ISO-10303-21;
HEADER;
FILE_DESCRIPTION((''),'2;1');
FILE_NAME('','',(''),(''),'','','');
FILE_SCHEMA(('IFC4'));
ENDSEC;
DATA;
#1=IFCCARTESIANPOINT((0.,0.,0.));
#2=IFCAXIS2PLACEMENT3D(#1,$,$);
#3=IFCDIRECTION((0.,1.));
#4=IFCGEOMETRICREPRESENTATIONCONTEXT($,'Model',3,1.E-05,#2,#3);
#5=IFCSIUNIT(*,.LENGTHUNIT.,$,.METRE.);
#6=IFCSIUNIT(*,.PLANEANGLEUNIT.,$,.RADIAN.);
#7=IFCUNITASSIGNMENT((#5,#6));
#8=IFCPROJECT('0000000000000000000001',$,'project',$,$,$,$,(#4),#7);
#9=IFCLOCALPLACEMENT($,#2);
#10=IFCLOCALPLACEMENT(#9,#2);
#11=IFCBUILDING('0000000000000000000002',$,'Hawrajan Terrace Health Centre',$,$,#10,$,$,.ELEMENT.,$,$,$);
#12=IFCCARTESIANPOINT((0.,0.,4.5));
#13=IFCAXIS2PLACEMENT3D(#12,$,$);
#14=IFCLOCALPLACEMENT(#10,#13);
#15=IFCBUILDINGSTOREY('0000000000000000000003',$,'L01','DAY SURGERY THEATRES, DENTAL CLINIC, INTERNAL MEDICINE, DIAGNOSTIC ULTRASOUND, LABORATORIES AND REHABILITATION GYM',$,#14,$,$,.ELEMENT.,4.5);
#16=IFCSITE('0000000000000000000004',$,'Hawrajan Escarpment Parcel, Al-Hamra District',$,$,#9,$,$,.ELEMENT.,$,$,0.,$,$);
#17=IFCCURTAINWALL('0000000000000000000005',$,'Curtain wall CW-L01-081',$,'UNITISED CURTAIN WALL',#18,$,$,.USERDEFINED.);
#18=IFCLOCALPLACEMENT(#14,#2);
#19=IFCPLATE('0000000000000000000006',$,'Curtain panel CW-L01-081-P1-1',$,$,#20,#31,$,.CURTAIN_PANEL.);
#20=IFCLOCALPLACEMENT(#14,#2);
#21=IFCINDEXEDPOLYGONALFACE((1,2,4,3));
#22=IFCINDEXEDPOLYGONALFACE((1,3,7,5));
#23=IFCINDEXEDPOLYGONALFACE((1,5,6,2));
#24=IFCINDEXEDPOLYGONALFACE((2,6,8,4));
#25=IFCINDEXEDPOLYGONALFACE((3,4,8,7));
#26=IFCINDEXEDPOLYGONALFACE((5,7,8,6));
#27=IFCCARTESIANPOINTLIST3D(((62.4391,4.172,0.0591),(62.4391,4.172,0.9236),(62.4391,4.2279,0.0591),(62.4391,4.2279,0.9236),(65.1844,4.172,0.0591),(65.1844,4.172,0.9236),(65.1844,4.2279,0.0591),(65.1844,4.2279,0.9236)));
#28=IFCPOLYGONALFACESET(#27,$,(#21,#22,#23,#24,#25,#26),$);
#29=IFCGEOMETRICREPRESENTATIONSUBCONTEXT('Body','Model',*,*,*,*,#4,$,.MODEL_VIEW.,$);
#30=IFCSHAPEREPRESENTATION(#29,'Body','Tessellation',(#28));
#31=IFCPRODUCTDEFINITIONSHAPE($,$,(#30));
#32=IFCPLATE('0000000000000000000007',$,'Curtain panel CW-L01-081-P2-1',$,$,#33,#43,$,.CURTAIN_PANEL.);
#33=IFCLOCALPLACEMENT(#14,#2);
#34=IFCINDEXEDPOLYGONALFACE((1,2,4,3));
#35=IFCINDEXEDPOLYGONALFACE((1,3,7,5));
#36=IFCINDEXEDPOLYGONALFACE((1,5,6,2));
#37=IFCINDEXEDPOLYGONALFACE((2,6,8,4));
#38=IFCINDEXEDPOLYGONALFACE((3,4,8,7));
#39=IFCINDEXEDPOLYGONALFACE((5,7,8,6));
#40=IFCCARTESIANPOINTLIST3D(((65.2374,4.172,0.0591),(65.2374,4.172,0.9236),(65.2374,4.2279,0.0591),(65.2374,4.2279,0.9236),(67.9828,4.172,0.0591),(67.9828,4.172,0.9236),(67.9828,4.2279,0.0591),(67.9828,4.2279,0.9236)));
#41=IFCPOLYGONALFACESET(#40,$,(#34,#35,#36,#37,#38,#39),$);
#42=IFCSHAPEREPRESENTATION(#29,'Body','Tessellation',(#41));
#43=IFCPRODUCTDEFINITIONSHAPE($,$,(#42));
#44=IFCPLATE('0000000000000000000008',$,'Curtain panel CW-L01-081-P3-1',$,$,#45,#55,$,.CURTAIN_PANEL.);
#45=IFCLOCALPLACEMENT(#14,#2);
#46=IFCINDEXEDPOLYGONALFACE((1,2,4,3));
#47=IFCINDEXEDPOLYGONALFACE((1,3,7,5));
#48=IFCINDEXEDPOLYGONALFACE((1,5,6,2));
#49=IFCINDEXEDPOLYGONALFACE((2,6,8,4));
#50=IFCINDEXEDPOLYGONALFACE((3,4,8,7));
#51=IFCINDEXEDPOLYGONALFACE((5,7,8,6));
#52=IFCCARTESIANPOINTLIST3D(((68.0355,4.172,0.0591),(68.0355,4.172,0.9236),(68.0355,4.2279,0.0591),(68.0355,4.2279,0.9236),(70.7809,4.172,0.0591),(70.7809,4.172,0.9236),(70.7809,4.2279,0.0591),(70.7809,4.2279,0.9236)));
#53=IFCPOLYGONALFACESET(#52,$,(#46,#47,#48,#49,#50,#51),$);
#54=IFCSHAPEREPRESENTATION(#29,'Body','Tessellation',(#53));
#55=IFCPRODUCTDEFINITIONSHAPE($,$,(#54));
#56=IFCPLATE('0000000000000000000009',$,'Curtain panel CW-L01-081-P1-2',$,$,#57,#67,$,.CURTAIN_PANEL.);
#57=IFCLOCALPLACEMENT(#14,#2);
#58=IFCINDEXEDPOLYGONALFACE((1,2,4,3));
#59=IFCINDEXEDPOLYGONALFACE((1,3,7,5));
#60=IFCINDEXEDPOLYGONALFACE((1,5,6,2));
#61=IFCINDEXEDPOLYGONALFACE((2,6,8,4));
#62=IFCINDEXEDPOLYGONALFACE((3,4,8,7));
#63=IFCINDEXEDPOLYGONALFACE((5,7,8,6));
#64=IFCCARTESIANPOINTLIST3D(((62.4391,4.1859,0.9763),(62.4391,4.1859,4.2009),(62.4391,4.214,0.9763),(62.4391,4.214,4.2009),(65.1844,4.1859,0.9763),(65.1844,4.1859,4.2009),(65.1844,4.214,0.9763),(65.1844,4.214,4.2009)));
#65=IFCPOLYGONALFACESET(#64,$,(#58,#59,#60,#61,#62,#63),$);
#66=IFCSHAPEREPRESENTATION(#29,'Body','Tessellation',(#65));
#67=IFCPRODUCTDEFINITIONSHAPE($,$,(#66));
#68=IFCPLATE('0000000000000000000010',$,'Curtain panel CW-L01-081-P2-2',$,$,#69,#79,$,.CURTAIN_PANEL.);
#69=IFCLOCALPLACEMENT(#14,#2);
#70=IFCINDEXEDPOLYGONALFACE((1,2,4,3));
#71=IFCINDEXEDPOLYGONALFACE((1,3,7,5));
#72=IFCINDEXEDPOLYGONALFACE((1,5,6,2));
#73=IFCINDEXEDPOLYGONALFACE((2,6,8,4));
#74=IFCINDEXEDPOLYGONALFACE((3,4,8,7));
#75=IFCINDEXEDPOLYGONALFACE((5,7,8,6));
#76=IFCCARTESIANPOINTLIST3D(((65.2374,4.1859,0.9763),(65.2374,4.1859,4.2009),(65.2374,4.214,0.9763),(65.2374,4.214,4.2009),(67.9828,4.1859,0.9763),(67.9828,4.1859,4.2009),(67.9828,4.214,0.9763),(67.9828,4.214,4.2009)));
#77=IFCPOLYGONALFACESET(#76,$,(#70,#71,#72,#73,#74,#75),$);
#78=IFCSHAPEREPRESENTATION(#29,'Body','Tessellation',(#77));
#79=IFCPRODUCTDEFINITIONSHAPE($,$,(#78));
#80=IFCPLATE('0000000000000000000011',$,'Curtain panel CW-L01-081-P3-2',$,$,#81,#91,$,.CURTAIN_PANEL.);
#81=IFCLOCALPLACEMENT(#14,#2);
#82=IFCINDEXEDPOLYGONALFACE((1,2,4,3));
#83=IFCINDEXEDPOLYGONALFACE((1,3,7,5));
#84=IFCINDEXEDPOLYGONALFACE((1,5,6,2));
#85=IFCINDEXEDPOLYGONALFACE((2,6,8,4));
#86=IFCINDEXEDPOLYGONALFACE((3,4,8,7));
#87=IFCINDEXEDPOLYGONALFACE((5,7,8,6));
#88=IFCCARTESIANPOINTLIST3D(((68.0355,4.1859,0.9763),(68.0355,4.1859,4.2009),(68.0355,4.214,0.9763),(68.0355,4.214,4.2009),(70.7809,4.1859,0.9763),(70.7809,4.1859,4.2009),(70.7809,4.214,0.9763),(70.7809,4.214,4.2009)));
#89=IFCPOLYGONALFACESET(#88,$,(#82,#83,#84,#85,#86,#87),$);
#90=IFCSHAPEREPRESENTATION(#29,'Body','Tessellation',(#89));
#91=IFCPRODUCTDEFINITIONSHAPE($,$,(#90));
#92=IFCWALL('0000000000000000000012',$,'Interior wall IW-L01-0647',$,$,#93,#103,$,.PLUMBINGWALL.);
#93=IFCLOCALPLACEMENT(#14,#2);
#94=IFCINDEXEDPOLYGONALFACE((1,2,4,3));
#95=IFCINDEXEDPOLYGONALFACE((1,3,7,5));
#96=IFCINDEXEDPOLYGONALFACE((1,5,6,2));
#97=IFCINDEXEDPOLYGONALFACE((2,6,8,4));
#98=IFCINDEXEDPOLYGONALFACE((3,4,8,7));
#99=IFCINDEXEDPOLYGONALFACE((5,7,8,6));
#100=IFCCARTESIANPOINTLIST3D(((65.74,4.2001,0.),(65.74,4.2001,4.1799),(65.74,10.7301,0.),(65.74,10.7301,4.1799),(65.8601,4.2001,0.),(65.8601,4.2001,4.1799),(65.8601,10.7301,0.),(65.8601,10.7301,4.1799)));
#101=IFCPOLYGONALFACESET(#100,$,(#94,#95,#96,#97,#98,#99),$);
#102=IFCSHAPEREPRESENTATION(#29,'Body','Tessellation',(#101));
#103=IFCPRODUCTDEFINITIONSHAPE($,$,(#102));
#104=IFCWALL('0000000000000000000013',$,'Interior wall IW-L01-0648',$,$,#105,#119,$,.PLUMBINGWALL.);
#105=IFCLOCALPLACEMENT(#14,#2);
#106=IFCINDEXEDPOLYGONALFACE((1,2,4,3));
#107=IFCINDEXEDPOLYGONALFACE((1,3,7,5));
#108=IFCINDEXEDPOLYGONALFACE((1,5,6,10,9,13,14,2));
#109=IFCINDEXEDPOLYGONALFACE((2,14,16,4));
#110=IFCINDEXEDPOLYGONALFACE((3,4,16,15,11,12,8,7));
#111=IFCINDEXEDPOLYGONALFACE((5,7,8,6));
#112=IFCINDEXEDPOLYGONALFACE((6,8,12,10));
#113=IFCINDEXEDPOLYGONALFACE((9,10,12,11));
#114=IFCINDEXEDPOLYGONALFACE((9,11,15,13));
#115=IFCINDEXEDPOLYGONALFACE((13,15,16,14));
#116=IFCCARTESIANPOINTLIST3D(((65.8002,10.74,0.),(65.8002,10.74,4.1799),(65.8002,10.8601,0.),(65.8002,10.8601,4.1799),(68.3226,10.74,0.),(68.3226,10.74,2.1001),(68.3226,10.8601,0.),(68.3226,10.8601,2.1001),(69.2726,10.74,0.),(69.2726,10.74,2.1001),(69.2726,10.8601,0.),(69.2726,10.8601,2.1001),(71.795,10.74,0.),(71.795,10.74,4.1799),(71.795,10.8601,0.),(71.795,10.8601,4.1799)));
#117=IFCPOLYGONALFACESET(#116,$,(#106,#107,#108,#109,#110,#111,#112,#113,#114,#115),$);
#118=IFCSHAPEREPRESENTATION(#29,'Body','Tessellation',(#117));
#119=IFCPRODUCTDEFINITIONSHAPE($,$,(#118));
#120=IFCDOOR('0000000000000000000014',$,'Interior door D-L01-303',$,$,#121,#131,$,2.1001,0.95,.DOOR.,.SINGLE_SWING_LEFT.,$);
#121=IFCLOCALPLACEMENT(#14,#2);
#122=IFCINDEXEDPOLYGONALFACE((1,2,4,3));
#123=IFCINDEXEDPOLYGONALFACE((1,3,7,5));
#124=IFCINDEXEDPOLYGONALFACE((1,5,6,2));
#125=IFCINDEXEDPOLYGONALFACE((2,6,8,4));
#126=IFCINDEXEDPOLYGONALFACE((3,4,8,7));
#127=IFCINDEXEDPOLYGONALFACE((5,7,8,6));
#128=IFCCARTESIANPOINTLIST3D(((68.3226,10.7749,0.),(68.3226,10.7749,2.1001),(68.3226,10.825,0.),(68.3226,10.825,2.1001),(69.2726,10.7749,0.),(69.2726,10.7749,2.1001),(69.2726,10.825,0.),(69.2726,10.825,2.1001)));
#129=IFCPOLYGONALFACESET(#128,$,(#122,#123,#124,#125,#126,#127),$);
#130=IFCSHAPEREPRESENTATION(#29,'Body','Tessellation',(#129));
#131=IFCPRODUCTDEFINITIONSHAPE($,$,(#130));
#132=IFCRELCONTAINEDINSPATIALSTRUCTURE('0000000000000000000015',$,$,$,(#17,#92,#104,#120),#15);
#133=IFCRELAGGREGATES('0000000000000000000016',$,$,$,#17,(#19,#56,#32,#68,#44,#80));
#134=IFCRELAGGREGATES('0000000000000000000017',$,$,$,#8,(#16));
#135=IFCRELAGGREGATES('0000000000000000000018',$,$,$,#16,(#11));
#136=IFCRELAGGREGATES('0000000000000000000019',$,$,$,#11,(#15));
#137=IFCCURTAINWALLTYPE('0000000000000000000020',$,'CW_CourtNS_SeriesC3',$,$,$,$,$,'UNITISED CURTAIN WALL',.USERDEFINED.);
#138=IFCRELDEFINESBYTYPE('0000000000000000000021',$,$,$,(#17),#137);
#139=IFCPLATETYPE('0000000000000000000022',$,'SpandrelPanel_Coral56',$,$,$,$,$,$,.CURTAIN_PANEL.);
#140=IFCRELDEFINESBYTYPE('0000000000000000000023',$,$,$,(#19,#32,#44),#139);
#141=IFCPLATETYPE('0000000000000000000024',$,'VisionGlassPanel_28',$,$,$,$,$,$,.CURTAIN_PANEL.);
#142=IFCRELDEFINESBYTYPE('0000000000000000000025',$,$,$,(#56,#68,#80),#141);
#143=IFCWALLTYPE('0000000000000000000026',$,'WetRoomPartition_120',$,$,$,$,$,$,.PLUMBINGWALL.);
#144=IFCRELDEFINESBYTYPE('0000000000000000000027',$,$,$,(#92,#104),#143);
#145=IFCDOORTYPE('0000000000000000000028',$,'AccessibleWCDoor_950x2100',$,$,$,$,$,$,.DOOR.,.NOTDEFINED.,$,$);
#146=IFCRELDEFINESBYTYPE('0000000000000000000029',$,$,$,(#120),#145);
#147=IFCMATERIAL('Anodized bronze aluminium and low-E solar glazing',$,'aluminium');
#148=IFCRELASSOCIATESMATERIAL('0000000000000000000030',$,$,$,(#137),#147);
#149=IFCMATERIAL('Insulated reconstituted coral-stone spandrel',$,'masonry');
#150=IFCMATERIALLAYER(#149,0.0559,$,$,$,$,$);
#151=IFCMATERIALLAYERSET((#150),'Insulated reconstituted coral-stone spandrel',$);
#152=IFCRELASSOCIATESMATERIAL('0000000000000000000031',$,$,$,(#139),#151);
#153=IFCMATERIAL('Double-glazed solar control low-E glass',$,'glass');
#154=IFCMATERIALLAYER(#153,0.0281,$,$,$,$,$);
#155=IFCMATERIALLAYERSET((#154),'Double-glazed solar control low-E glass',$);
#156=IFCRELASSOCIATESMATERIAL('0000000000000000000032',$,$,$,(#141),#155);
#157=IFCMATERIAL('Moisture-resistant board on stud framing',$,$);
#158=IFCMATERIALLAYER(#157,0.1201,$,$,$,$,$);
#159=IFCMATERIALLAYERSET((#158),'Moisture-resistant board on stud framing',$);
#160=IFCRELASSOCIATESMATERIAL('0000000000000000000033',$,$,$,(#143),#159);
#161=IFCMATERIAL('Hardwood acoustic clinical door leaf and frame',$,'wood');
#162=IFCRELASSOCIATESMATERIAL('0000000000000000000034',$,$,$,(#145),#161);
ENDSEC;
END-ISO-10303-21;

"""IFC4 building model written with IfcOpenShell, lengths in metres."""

from ifc_helpers import new_model, si_unit, direction, frame, frame_2d, origin, origin_2d, place, context, subcontext, project, spatial, rectangle, extrude, material, layer, layer_set, type_object, element, fill, aggregate, save


model = new_model("IFC4")

# Units and contexts
model_context = context("Model", 3, precision=1e-05, world=origin(), true_north=direction((0.0, 1.0)))
body_context = subcontext(model_context, "Body", "Model", "MODEL_VIEW")
ifc_project = project(units=[si_unit("LENGTHUNIT", "METRE"), si_unit("PLANEANGLEUNIT", "RADIAN")], contexts=[model_context])

# Site, building, storey
site_placement = place(None, origin())
site = spatial("IfcSite", under=ifc_project, at=site_placement, Name="Hawrajan Escarpment Parcel, Al-Hamra District", CompositionType="ELEMENT", RefElevation=0.0)
building_placement = place(site_placement, origin())
building = spatial("IfcBuilding", under=site, at=building_placement, Name="Hawrajan Terrace Health Centre", CompositionType="ELEMENT")
storey_placement = place(building_placement, frame((0.0, 0.0, 4.5)))
storey = spatial("IfcBuildingStorey", under=building, at=storey_placement, Name="L01", Description="DAY SURGERY THEATRES, DENTAL CLINIC, INTERNAL MEDICINE, DIAGNOSTIC ULTRASOUND, LABORATORIES AND REHABILITATION GYM", CompositionType="ELEMENT", Elevation=4.5)

# Curtain wall
ifc_material_1 = material(Name="Anodized bronze aluminium and low-E solar glazing", Category="aluminium")
curtain_wall_type = type_object("IfcCurtainWallType", Name="CW_CourtNS_SeriesC3", ElementType="UNITISED CURTAIN WALL", PredefinedType="USERDEFINED", material=ifc_material_1)
curtain_wall_placement = place(storey_placement, origin())
curtain_wall = element("IfcCurtainWall", 1, at=curtain_wall_placement, inside=storey, type_object=curtain_wall_type, Name="Curtain wall CW-L01-081", ObjectType="UNITISED CURTAIN WALL", PredefinedType="USERDEFINED")

# Plates
ifc_material_2 = material(Name="Insulated reconstituted coral-stone spandrel", Category="masonry")
ifc_layer_1 = layer(ifc_material_2, 0.0559)
ifc_layer_set_1 = layer_set([ifc_layer_1], Name="Insulated reconstituted coral-stone spandrel")
plate_type_1 = type_object("IfcPlateType", Name="SpandrelPanel_Coral56", PredefinedType="CURTAIN_PANEL", material=ifc_layer_set_1)
plate_1_placement = place(storey_placement, frame((63.8118, 4.2, 0.0591), z_axis=(0.0, 0.0, 1.0), x_axis=(1.0, 0.0, 0.0)))
plate_1 = element("IfcPlate", 2, at=plate_1_placement, type_object=plate_type_1, Name="Curtain panel CW-L01-081-P1-1", PredefinedType="CURTAIN_PANEL", context=body_context, shape_type="SweptSolid", body=[
    extrude(rectangle(XDim=2.7454, YDim=0.0559, at=origin_2d()), origin(), (0.0, 0.0, 1.0), 0.8645),
])
plate_2_placement = place(storey_placement, frame((66.6101, 4.2, 0.0591), z_axis=(0.0, 0.0, 1.0), x_axis=(1.0, 0.0, 0.0)))
plate_2 = element("IfcPlate", 3, at=plate_2_placement, type_object=plate_type_1, Name="Curtain panel CW-L01-081-P2-1", PredefinedType="CURTAIN_PANEL", context=body_context, shape_type="SweptSolid", body=[
    extrude(rectangle(XDim=2.7454, YDim=0.0559, at=origin_2d()), origin(), (0.0, 0.0, 1.0), 0.8645),
])
plate_3_placement = place(storey_placement, frame((69.4082, 4.2, 0.0591), z_axis=(0.0, 0.0, 1.0), x_axis=(1.0, 0.0, 0.0)))
plate_3 = element("IfcPlate", 4, at=plate_3_placement, type_object=plate_type_1, Name="Curtain panel CW-L01-081-P3-1", PredefinedType="CURTAIN_PANEL", context=body_context, shape_type="SweptSolid", body=[
    extrude(rectangle(XDim=2.7454, YDim=0.0559, at=origin_2d()), origin(), (0.0, 0.0, 1.0), 0.8645),
])
ifc_material_3 = material(Name="Double-glazed solar control low-E glass", Category="glass")
ifc_layer_2 = layer(ifc_material_3, 0.0281)
ifc_layer_set_2 = layer_set([ifc_layer_2], Name="Double-glazed solar control low-E glass")
plate_type_2 = type_object("IfcPlateType", Name="VisionGlassPanel_28", PredefinedType="CURTAIN_PANEL", material=ifc_layer_set_2)
plate_4_placement = place(storey_placement, frame((63.8118, 4.2, 0.9763), z_axis=(0.0, 0.0, 1.0), x_axis=(1.0, 0.0, 0.0)))
plate_4 = element("IfcPlate", 5, at=plate_4_placement, type_object=plate_type_2, Name="Curtain panel CW-L01-081-P1-2", PredefinedType="CURTAIN_PANEL", context=body_context, shape_type="SweptSolid", body=[
    extrude(rectangle(XDim=2.7454, YDim=0.0281, at=origin_2d()), origin(), (0.0, 0.0, 1.0), 3.2246),
])
plate_5_placement = place(storey_placement, frame((66.6101, 4.2, 0.9763), z_axis=(0.0, 0.0, 1.0), x_axis=(1.0, 0.0, 0.0)))
plate_5 = element("IfcPlate", 6, at=plate_5_placement, type_object=plate_type_2, Name="Curtain panel CW-L01-081-P2-2", PredefinedType="CURTAIN_PANEL", context=body_context, shape_type="SweptSolid", body=[
    extrude(rectangle(XDim=2.7454, YDim=0.0281, at=origin_2d()), origin(), (0.0, 0.0, 1.0), 3.2246),
])
plate_6_placement = place(storey_placement, frame((69.4082, 4.2, 0.9763), z_axis=(0.0, 0.0, 1.0), x_axis=(1.0, 0.0, 0.0)))
plate_6 = element("IfcPlate", 7, at=plate_6_placement, type_object=plate_type_2, Name="Curtain panel CW-L01-081-P3-2", PredefinedType="CURTAIN_PANEL", context=body_context, shape_type="SweptSolid", body=[
    extrude(rectangle(XDim=2.7454, YDim=0.0281, at=origin_2d()), origin(), (0.0, 0.0, 1.0), 3.2246),
])
aggregate(curtain_wall, [plate_1, plate_4, plate_2, plate_5, plate_3, plate_6])

# Wall
ifc_material_4 = material(Name="Moisture-resistant board on stud framing")
ifc_layer_3 = layer(ifc_material_4, 0.1201)
ifc_layer_set_3 = layer_set([ifc_layer_3], Name="Moisture-resistant board on stud framing")
wall_type = type_object("IfcWallType", Name="WetRoomPartition_120", PredefinedType="PLUMBINGWALL", material=ifc_layer_set_3)
wall_1_placement = place(storey_placement, frame((65.8, 4.2, 0.0), z_axis=(0.0, 0.0, 1.0), x_axis=(0.0, 1.0, 0.0)))
element("IfcWall", 8, at=wall_1_placement, inside=storey, type_object=wall_type, Name="Interior wall IW-L01-0647", PredefinedType="PLUMBINGWALL", context=body_context, shape_type="SweptSolid", body=[
    extrude(rectangle(XDim=6.53, YDim=0.1201, at=frame_2d((3.2651, 0.0))), origin(), (0.0, 0.0, 1.0), 4.1799),
])

# Wall, opening, door
wall_2_placement = place(storey_placement, frame((65.8, 10.8, 0.0), z_axis=(0.0, 0.0, 1.0), x_axis=(1.0, 0.0, 0.0)))
wall_2 = element("IfcWall", 9, at=wall_2_placement, inside=storey, type_object=wall_type, Name="Interior wall IW-L01-0648", PredefinedType="PLUMBINGWALL", context=body_context, shape_type="SweptSolid", body=[
    extrude(rectangle(XDim=5.9949, YDim=0.1201, at=frame_2d((2.9976, 0.0))), origin(), (0.0, 0.0, 1.0), 4.1799),
])
opening_placement = place(wall_2_placement, frame((2.5225, 0.0, 0.0)))
opening = element("IfcOpeningElement", 10, at=opening_placement, cuts=wall_2, PredefinedType="OPENING", context=body_context, shape_type="SweptSolid", body=[
    extrude(rectangle(XDim=0.95, YDim=2.1001, at=frame_2d((0.4751, 1.05))), frame((0.0, 0.0701, 0.0), z_axis=(0.0, -1.0, 0.0), x_axis=(1.0, 0.0, 0.0)), (0.0, 0.0, 1.0), 0.1401),
])
ifc_material_5 = material(Name="Hardwood acoustic clinical door leaf and frame", Category="wood")
door_type = type_object("IfcDoorType", Name="AccessibleWCDoor_950x2100", OperationType="NOTDEFINED", PredefinedType="DOOR", material=ifc_material_5)
door_placement = place(opening_placement, origin())
door = element("IfcDoor", 11, at=door_placement, inside=storey, type_object=door_type, Name="Interior door D-L01-303", OperationType="SINGLE_SWING_LEFT", OverallHeight=2.1001, OverallWidth=0.95, PredefinedType="DOOR", context=body_context, shape_type="SweptSolid", body=[
    extrude(rectangle(XDim=0.95, YDim=2.1001, at=frame_2d((0.4751, 1.05))), frame((0.0, 0.0249, 0.0), z_axis=(0.0, -1.0, 0.0), x_axis=(1.0, 0.0, 0.0)), (0.0, 0.0, 1.0), 0.05),
])
fill(opening, door)

save(model, "model.ifc")
